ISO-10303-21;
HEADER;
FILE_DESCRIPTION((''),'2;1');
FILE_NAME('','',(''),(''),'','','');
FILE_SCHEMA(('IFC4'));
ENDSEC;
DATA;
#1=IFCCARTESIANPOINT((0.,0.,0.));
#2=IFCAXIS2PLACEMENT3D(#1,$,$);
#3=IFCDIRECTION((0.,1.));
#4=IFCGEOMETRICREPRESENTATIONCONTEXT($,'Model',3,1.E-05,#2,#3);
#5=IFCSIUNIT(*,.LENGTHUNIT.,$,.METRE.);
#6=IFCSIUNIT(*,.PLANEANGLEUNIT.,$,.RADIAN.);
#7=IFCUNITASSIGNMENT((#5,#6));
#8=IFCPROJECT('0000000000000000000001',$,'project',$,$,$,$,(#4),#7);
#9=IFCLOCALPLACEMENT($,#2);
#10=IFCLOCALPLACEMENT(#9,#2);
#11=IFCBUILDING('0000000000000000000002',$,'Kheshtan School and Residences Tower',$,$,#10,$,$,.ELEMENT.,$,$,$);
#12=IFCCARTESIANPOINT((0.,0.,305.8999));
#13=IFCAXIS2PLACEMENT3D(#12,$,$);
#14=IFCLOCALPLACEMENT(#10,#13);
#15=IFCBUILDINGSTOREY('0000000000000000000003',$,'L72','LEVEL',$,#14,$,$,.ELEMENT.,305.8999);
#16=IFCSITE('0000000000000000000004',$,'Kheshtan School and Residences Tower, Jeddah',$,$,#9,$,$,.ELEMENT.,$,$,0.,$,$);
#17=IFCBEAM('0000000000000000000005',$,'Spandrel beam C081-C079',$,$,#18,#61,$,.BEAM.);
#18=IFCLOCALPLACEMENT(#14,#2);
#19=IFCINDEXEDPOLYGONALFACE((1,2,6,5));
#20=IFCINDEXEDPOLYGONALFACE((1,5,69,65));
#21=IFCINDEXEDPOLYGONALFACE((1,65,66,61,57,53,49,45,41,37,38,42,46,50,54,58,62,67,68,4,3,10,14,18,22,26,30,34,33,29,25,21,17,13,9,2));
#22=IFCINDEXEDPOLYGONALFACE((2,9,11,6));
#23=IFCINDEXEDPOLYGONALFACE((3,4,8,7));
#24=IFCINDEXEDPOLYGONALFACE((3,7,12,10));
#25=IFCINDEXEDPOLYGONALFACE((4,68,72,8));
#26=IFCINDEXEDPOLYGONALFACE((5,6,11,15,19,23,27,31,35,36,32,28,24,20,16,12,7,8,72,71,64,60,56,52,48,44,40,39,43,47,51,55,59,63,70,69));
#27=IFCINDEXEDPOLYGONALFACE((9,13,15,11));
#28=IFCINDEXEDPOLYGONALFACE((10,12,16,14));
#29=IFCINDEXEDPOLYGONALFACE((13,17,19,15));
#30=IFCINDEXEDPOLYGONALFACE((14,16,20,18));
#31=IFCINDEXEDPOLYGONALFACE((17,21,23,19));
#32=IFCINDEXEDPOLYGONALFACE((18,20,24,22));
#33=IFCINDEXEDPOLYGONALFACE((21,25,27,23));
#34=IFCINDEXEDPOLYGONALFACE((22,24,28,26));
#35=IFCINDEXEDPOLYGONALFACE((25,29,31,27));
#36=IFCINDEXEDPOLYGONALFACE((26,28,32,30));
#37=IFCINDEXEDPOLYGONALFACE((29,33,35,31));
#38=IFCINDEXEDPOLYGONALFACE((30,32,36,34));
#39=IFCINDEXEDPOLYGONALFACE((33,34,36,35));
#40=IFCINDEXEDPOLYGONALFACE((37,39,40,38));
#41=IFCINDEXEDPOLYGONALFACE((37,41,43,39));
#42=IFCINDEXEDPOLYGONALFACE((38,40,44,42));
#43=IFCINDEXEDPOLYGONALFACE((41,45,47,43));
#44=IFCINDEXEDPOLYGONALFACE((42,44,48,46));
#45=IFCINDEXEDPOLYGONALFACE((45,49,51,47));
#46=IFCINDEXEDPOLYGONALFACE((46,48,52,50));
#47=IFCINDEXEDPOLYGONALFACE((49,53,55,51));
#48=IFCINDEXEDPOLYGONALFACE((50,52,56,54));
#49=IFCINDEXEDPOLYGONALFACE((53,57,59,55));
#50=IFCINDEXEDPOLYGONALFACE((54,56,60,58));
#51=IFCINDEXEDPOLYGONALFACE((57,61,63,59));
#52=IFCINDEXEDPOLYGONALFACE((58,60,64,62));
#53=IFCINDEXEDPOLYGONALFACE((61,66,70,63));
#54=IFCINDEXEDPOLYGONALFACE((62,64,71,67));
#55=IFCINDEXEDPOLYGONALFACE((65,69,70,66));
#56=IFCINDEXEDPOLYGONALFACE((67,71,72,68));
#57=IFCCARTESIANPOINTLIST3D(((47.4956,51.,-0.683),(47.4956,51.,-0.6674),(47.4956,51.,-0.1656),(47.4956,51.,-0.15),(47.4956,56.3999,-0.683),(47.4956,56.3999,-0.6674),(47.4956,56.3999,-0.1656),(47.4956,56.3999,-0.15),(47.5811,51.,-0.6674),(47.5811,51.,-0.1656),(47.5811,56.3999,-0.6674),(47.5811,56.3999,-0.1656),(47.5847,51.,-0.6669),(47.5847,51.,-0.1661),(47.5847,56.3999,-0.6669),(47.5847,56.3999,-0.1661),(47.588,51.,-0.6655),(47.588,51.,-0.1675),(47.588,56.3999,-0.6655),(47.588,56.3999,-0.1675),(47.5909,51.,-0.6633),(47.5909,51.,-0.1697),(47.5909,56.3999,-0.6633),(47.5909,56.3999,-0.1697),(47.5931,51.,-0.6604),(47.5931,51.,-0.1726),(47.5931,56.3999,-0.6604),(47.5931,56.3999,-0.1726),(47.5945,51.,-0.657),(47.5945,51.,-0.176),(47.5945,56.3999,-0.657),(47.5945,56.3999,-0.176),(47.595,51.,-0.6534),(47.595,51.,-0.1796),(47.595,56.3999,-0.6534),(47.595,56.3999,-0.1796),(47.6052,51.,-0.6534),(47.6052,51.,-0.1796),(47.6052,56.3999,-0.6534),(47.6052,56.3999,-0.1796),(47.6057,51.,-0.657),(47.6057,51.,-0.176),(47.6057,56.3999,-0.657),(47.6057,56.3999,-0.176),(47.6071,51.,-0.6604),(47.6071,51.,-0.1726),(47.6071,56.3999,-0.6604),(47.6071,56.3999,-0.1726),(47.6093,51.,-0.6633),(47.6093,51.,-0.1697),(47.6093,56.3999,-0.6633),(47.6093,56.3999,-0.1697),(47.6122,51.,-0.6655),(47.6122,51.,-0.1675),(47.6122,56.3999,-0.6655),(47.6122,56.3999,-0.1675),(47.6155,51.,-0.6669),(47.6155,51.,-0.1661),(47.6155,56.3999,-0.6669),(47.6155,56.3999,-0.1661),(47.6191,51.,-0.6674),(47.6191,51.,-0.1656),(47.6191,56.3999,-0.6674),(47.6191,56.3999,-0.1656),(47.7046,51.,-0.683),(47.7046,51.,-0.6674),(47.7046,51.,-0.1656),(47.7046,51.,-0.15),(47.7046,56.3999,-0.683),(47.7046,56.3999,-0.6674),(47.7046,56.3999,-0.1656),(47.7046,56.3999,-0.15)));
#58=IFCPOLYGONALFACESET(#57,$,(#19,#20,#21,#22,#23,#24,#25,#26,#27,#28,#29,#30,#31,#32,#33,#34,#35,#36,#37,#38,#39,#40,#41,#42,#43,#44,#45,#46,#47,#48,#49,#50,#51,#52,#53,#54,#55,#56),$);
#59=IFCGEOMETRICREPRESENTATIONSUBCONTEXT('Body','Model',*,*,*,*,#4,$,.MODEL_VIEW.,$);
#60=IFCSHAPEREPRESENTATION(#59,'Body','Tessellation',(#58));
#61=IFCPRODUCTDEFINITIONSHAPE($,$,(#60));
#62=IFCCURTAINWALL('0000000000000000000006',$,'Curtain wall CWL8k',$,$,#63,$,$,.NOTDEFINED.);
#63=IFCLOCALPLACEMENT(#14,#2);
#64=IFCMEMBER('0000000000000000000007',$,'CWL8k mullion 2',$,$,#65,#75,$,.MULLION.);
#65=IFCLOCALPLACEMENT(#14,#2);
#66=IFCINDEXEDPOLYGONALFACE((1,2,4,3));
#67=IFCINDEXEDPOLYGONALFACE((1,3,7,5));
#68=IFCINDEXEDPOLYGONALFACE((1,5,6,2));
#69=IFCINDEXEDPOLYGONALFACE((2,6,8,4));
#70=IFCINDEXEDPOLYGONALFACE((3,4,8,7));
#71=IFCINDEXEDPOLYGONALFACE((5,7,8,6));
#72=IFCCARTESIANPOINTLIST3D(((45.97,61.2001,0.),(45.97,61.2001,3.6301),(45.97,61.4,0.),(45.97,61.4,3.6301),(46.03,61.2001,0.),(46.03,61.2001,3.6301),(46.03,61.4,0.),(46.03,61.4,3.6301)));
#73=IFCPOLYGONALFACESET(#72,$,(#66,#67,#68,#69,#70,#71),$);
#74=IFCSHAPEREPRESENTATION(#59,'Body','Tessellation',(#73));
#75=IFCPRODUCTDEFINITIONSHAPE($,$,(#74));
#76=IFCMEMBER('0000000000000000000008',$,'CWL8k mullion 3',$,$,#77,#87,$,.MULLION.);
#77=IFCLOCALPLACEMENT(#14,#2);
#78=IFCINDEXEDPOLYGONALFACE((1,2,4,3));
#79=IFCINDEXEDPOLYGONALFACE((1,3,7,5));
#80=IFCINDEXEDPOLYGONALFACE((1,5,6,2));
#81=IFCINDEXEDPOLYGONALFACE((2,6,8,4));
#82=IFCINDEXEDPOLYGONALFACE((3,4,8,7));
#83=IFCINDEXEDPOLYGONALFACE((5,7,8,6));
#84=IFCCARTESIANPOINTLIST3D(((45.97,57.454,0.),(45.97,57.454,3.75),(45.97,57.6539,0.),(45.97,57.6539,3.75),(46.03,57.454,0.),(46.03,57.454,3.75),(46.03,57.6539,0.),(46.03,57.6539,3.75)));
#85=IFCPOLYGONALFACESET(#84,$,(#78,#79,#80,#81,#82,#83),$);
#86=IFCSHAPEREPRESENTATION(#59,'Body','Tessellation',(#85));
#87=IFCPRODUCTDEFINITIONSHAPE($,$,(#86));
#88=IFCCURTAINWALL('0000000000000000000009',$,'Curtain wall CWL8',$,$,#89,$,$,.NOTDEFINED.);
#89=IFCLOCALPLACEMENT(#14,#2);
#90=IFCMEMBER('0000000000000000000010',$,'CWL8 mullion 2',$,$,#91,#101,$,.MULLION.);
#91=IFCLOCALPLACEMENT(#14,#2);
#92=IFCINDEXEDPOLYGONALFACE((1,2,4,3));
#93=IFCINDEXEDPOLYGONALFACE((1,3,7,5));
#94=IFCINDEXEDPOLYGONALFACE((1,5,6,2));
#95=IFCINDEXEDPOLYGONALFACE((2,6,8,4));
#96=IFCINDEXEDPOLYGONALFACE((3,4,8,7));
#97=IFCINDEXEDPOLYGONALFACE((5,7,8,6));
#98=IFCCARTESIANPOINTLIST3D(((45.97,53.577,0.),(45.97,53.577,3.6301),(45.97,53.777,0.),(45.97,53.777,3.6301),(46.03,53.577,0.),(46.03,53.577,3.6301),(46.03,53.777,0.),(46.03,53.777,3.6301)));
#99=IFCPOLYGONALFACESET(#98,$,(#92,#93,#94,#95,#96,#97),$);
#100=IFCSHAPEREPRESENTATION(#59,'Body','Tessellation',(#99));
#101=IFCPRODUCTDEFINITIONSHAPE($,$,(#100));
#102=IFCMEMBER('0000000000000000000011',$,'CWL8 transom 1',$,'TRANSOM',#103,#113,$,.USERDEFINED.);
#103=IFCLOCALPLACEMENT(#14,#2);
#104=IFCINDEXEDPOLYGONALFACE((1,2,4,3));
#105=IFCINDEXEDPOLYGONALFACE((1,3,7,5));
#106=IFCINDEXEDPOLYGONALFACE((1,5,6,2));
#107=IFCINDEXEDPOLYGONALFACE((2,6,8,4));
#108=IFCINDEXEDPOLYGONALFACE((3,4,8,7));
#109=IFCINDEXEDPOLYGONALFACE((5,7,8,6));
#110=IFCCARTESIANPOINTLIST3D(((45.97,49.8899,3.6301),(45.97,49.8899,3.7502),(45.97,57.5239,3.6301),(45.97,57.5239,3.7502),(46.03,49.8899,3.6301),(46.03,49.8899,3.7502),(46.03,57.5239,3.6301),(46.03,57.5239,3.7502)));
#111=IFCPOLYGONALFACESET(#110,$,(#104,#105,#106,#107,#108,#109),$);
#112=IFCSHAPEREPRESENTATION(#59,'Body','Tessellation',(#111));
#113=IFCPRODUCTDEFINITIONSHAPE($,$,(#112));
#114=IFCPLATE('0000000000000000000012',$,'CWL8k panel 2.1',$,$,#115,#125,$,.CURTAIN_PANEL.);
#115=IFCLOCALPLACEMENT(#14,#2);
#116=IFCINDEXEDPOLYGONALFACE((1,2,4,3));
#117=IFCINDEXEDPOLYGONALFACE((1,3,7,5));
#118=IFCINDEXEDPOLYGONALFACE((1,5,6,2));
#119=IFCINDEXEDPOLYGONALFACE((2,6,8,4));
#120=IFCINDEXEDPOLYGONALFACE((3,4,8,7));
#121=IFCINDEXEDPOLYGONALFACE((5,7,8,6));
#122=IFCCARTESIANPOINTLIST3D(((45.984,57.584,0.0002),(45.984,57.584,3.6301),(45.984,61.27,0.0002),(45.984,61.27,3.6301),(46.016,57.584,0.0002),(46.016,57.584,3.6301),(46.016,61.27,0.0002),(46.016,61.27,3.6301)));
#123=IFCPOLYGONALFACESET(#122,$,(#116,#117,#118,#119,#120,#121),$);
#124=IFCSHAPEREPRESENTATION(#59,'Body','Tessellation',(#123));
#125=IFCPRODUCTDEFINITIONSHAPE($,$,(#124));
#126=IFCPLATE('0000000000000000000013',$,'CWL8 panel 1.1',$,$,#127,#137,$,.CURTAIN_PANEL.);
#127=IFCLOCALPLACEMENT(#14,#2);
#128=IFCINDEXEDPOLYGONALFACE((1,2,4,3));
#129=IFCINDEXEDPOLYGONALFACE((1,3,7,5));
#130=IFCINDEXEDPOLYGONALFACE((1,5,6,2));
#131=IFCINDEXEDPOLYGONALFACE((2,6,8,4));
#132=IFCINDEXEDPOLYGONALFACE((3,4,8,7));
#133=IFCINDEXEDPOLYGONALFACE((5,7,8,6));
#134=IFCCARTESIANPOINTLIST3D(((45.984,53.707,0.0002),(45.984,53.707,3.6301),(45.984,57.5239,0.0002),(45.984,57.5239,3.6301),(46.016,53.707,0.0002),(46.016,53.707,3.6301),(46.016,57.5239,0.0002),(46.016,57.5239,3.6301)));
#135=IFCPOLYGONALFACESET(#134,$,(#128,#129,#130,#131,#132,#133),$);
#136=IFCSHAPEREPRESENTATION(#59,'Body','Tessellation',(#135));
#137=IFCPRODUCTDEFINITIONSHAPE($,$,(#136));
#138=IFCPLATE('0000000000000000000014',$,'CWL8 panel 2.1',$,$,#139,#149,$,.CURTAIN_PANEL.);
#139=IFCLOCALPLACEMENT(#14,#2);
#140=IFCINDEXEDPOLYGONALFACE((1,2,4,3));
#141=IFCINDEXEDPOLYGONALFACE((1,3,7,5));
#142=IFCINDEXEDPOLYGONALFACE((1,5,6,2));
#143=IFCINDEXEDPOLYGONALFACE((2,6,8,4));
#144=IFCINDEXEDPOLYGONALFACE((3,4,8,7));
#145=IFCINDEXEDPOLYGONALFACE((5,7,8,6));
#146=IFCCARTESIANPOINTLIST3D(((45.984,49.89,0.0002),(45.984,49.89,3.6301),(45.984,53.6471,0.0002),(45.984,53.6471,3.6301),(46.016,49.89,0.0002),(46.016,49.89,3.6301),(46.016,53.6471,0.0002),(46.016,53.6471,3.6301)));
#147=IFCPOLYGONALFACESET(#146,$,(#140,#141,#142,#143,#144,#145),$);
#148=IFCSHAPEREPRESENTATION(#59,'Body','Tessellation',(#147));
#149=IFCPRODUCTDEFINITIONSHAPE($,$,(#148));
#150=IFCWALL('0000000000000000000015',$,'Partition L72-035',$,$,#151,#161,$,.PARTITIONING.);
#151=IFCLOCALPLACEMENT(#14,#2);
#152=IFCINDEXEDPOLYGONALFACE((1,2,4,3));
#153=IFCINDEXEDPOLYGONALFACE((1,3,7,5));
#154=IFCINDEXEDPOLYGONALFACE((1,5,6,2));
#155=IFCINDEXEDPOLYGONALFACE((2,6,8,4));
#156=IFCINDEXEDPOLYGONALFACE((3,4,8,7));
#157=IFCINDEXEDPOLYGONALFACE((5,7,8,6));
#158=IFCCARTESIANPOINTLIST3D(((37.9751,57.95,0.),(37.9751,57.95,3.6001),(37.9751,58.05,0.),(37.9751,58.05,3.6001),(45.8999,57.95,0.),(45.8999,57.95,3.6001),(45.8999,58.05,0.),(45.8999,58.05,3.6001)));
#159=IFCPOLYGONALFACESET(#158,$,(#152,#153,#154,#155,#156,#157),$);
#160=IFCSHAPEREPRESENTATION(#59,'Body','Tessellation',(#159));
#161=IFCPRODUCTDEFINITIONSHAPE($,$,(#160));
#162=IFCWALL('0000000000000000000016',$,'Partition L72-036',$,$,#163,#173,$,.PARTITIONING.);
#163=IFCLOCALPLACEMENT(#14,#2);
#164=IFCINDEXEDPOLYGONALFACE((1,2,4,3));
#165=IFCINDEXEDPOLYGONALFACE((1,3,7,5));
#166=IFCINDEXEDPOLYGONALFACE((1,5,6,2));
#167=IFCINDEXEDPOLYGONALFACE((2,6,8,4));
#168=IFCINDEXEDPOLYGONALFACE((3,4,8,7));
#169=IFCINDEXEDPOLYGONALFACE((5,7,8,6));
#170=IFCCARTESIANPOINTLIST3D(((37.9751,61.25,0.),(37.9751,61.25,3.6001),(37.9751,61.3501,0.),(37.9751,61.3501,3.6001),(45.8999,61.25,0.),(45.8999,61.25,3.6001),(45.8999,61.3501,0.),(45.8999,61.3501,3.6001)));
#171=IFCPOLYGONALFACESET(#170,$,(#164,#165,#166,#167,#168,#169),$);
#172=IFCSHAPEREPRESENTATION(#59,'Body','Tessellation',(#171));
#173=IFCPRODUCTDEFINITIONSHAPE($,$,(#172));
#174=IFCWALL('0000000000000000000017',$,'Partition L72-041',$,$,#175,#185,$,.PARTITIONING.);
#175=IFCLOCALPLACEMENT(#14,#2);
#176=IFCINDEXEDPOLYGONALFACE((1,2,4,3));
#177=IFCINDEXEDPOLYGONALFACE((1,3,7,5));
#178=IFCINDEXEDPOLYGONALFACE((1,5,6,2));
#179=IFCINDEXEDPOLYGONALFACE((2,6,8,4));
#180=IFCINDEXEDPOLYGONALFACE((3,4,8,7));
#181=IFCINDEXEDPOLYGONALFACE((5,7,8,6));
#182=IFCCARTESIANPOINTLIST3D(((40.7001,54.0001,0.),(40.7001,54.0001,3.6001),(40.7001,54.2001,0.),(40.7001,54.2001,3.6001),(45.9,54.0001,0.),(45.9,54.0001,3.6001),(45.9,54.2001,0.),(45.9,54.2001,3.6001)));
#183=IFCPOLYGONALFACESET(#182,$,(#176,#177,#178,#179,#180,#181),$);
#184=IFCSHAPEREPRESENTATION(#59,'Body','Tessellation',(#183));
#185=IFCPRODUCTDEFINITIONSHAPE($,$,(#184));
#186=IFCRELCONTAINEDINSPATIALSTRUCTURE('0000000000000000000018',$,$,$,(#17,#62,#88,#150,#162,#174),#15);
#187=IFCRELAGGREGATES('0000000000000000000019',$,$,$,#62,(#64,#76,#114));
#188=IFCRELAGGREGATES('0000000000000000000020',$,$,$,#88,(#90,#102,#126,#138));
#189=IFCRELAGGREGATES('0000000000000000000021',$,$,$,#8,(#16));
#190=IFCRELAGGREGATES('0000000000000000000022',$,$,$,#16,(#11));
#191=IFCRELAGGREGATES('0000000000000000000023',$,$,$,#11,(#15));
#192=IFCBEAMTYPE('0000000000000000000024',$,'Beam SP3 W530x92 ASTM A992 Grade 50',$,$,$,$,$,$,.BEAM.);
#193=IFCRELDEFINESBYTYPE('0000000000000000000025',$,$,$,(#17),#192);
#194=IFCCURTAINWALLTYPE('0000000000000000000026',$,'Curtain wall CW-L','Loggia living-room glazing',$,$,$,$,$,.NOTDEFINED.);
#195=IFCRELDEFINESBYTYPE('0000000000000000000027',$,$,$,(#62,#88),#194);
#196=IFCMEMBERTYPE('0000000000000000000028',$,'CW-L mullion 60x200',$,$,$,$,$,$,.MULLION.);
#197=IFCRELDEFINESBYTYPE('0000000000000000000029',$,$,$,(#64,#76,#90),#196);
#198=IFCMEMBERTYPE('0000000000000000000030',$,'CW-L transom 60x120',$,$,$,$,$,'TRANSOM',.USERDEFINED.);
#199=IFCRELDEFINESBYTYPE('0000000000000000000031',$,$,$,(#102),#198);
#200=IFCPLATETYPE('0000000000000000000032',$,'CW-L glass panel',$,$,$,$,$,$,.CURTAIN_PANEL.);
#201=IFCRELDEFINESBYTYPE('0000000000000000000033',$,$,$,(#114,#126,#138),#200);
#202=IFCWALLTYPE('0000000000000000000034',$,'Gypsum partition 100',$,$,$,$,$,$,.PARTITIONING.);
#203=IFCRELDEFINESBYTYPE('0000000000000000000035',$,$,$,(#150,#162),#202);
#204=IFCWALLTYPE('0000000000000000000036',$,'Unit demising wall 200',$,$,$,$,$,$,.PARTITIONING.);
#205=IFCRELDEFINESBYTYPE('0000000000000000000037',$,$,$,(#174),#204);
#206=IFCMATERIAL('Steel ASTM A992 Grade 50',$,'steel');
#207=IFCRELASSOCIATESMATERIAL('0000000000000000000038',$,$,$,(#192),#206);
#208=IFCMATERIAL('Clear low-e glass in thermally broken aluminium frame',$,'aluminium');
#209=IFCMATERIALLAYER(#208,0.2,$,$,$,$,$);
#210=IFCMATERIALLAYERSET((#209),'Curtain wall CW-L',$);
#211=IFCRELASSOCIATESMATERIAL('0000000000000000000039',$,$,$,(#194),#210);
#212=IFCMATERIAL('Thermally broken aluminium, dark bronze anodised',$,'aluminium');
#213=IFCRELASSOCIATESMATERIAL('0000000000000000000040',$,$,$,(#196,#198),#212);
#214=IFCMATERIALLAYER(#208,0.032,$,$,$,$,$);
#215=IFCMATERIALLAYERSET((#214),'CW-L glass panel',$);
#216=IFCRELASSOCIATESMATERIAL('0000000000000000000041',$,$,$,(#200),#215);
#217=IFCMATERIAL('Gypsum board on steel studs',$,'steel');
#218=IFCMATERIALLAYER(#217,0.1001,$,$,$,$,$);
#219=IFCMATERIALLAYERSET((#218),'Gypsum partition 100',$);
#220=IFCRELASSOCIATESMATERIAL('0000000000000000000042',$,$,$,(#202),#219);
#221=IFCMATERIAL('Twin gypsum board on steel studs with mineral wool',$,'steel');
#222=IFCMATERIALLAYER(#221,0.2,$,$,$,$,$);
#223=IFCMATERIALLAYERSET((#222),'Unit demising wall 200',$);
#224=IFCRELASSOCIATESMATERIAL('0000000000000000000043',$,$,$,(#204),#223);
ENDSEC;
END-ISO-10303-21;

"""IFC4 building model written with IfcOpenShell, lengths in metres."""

from ifc_helpers import new_model, si_unit, direction, frame, frame_2d, origin, origin_2d, place, context, subcontext, project, spatial, rectangle, i_section, extrude, material, layer, layer_set, material_profile, profile_set, type_object, element, aggregate, save


model = new_model("IFC4")

# Units and contexts
model_context = context("Model", 3, precision=1e-05, world=origin(), true_north=direction((0.0, 1.0)))
body_context = subcontext(model_context, "Body", "Model", "MODEL_VIEW")
ifc_project = project(units=[si_unit("LENGTHUNIT", "METRE"), si_unit("PLANEANGLEUNIT", "RADIAN")], contexts=[model_context])

# Site, building, storey
site_placement = place(None, origin())
site = spatial("IfcSite", under=ifc_project, at=site_placement, Name="Kheshtan School and Residences Tower, Jeddah", CompositionType="ELEMENT", RefElevation=0.0)
building_placement = place(site_placement, origin())
building = spatial("IfcBuilding", under=site, at=building_placement, Name="Kheshtan School and Residences Tower", CompositionType="ELEMENT")
storey_placement = place(building_placement, frame((0.0, 0.0, 305.8999)))
storey = spatial("IfcBuildingStorey", under=building, at=storey_placement, Name="L72", Description="LEVEL", CompositionType="ELEMENT", Elevation=305.8999)

# Shared definitions
ifc_material_1 = material(Name="Steel ASTM A992 Grade 50", Category="steel")

# Beam
ifc_material_profile_1 = material_profile(ifc_material_1, i_section(OverallWidth=0.209, OverallDepth=0.533, WebThickness=0.0103, FlangeThickness=0.0156, FilletRadius=0.0139, at=origin_2d()), Name="W530x92")
ifc_profile_set_1 = profile_set([ifc_material_profile_1], Name="Steel ASTM A992 Grade 50")
beam_type_1 = type_object("IfcBeamType", Name="Beam SP3 W530x92 ASTM A992 Grade 50", PredefinedType="BEAM", material=ifc_profile_set_1)
beam_1_placement = place(storey_placement, frame((47.6001, 56.3999, -0.4165), z_axis=(0.0, -1.0, 0.0), x_axis=(1.0, 0.0, 0.0)))
element("IfcBeam", 1, at=beam_1_placement, inside=storey, type_object=beam_type_1, Name="Spandrel beam C081-C079", PredefinedType="BEAM", context=body_context, shape_type="SweptSolid", body=[
    extrude(i_section(OverallWidth=0.209, OverallDepth=0.533, WebThickness=0.0103, FlangeThickness=0.0156, FilletRadius=0.0139, at=origin_2d()), origin(), (0.0, 0.0, 1.0), 5.3999),
])

# Curtain walls, members
ifc_material_2 = material(Name="Clear low-e glass in thermally broken aluminium frame", Category="aluminium")
ifc_layer_1 = layer(ifc_material_2, 0.2)
ifc_layer_set_1 = layer_set([ifc_layer_1], Name="Curtain wall CW-L")
curtain_wall_type = type_object("IfcCurtainWallType", Name="Curtain wall CW-L", Description="Loggia living-room glazing", PredefinedType="NOTDEFINED", material=ifc_layer_set_1)
curtain_wall_1_placement = place(storey_placement, origin())
curtain_wall_1 = element("IfcCurtainWall", 2, at=curtain_wall_1_placement, inside=storey, type_object=curtain_wall_type, Name="Curtain wall CWL8k", PredefinedType="NOTDEFINED")
ifc_material_3 = material(Name="Thermally broken aluminium, dark bronze anodised", Category="aluminium")
ifc_material_profile_2 = material_profile(ifc_material_3, rectangle(XDim=0.0601, YDim=0.2, at=origin_2d()), Name="CW-L mullion 60x200")
ifc_profile_set_2 = profile_set([ifc_material_profile_2], Name="Thermally broken aluminium, dark bronze anodised")
member_type_1 = type_object("IfcMemberType", Name="CW-L mullion 60x200", PredefinedType="MULLION", material=ifc_profile_set_2)
member_1_placement = place(storey_placement, frame((46.0, 61.3, 0.0), z_axis=(0.0, 0.0, 1.0), x_axis=(1.0, 0.0, 0.0)))
member_1 = element("IfcMember", 3, at=member_1_placement, type_object=member_type_1, Name="CWL8k mullion 2", PredefinedType="MULLION", context=body_context, shape_type="SweptSolid", body=[
    extrude(rectangle(XDim=0.0601, YDim=0.2, at=origin_2d()), origin(), (0.0, 0.0, 1.0), 3.6301),
])
member_2_placement = place(storey_placement, frame((46.0, 57.554, 0.0), z_axis=(0.0, 0.0, 1.0), x_axis=(1.0, 0.0, 0.0)))
member_2 = element("IfcMember", 4, at=member_2_placement, type_object=member_type_1, Name="CWL8k mullion 3", PredefinedType="MULLION", context=body_context, shape_type="SweptSolid", body=[
    extrude(rectangle(XDim=0.0601, YDim=0.2, at=origin_2d()), origin(), (0.0, 0.0, 1.0), 3.75),
])
curtain_wall_2_placement = place(storey_placement, origin())
curtain_wall_2 = element("IfcCurtainWall", 5, at=curtain_wall_2_placement, inside=storey, type_object=curtain_wall_type, Name="Curtain wall CWL8", PredefinedType="NOTDEFINED")
member_3_placement = place(storey_placement, frame((46.0, 53.677, 0.0), z_axis=(0.0, 0.0, 1.0), x_axis=(1.0, 0.0, 0.0)))
member_3 = element("IfcMember", 6, at=member_3_placement, type_object=member_type_1, Name="CWL8 mullion 2", PredefinedType="MULLION", context=body_context, shape_type="SweptSolid", body=[
    extrude(rectangle(XDim=0.0601, YDim=0.2, at=origin_2d()), origin(), (0.0, 0.0, 1.0), 3.6301),
])
ifc_material_profile_3 = material_profile(ifc_material_3, rectangle(XDim=0.0601, YDim=0.1201, at=origin_2d()), Name="CW-L transom 60x120")
ifc_profile_set_3 = profile_set([ifc_material_profile_3], Name="Thermally broken aluminium, dark bronze anodised")
member_type_2 = type_object("IfcMemberType", Name="CW-L transom 60x120", ElementType="TRANSOM", PredefinedType="USERDEFINED", material=ifc_profile_set_3)
member_4_placement = place(storey_placement, frame((46.0, 57.5239, 3.6902), z_axis=(0.0, -1.0, 0.0), x_axis=(1.0, 0.0, 0.0)))
member_4 = element("IfcMember", 7, at=member_4_placement, type_object=member_type_2, Name="CWL8 transom 1", ObjectType="TRANSOM", PredefinedType="USERDEFINED", context=body_context, shape_type="SweptSolid", body=[
    extrude(rectangle(XDim=0.0601, YDim=0.1201, at=origin_2d()), origin(), (0.0, 0.0, 1.0), 7.634),
])

# Plates
ifc_layer_2 = layer(ifc_material_2, 0.032)
ifc_layer_set_2 = layer_set([ifc_layer_2], Name="CW-L glass panel")
plate_type = type_object("IfcPlateType", Name="CW-L glass panel", PredefinedType="CURTAIN_PANEL", material=ifc_layer_set_2)
plate_1_placement = place(storey_placement, frame((46.0, 59.427, 0.0002), z_axis=(0.0, 0.0, 1.0), x_axis=(0.0, -1.0, 0.0)))
plate_1 = element("IfcPlate", 8, at=plate_1_placement, type_object=plate_type, Name="CWL8k panel 2.1", PredefinedType="CURTAIN_PANEL", context=body_context, shape_type="SweptSolid", body=[
    extrude(rectangle(XDim=3.686, YDim=0.032, at=origin_2d()), origin(), (0.0, 0.0, 1.0), 3.6299),
])
aggregate(curtain_wall_1, [member_1, member_2, plate_1])
plate_2_placement = place(storey_placement, frame((46.0, 55.6155, 0.0002), z_axis=(0.0, 0.0, 1.0), x_axis=(0.0, -1.0, 0.0)))
plate_2 = element("IfcPlate", 9, at=plate_2_placement, type_object=plate_type, Name="CWL8 panel 1.1", PredefinedType="CURTAIN_PANEL", context=body_context, shape_type="SweptSolid", body=[
    extrude(rectangle(XDim=3.8169, YDim=0.032, at=origin_2d()), origin(), (0.0, 0.0, 1.0), 3.6299),
])
plate_3_placement = place(storey_placement, frame((46.0, 51.7686, 0.0002), z_axis=(0.0, 0.0, 1.0), x_axis=(0.0, -1.0, 0.0)))
plate_3 = element("IfcPlate", 10, at=plate_3_placement, type_object=plate_type, Name="CWL8 panel 2.1", PredefinedType="CURTAIN_PANEL", context=body_context, shape_type="SweptSolid", body=[
    extrude(rectangle(XDim=3.7571, YDim=0.032, at=origin_2d()), origin(), (0.0, 0.0, 1.0), 3.6299),
])
aggregate(curtain_wall_2, [member_3, member_4, plate_2, plate_3])

# Walls
ifc_material_4 = material(Name="Gypsum board on steel studs", Category="steel")
ifc_layer_3 = layer(ifc_material_4, 0.1001)
ifc_layer_set_3 = layer_set([ifc_layer_3], Name="Gypsum partition 100")
wall_type_1 = type_object("IfcWallType", Name="Gypsum partition 100", PredefinedType="PARTITIONING", material=ifc_layer_set_3)
for number, where, z_axis, x_axis, name in (
    (11, (37.9751, 58.0, 0.0), (0.0, 0.0, 1.0), (1.0, 0.0, 0.0), "Partition L72-035"),
    (12, (37.9751, 61.3, 0.0), (0.0, 0.0, 1.0), (1.0, 0.0, 0.0), "Partition L72-036"),
):
    element("IfcWall", number, at=place(storey_placement, frame(where, z_axis=z_axis, x_axis=x_axis)), inside=storey, type_object=wall_type_1, Name=name, PredefinedType="PARTITIONING", context=body_context, shape_type="SweptSolid", body=[
        extrude(rectangle(XDim=7.9248, YDim=0.1001, at=frame_2d((3.9624, 0.0))), origin(), (0.0, 0.0, 1.0), 3.6001),
    ])
ifc_material_5 = material(Name="Twin gypsum board on steel studs with mineral wool", Category="steel")
ifc_layer_4 = layer(ifc_material_5, 0.2)
ifc_layer_set_4 = layer_set([ifc_layer_4], Name="Unit demising wall 200")
wall_type_2 = type_object("IfcWallType", Name="Unit demising wall 200", PredefinedType="PARTITIONING", material=ifc_layer_set_4)
wall_1_placement = place(storey_placement, frame((40.7, 54.1001, 0.0), z_axis=(0.0, 0.0, 1.0), x_axis=(1.0, 0.0, 0.0)))
element("IfcWall", 13, at=wall_1_placement, inside=storey, type_object=wall_type_2, Name="Partition L72-041", PredefinedType="PARTITIONING", context=body_context, shape_type="SweptSolid", body=[
    extrude(rectangle(XDim=5.2, YDim=0.2, at=frame_2d((2.6001, 0.0))), origin(), (0.0, 0.0, 1.0), 3.6001),
])

save(model, "model.ifc")
